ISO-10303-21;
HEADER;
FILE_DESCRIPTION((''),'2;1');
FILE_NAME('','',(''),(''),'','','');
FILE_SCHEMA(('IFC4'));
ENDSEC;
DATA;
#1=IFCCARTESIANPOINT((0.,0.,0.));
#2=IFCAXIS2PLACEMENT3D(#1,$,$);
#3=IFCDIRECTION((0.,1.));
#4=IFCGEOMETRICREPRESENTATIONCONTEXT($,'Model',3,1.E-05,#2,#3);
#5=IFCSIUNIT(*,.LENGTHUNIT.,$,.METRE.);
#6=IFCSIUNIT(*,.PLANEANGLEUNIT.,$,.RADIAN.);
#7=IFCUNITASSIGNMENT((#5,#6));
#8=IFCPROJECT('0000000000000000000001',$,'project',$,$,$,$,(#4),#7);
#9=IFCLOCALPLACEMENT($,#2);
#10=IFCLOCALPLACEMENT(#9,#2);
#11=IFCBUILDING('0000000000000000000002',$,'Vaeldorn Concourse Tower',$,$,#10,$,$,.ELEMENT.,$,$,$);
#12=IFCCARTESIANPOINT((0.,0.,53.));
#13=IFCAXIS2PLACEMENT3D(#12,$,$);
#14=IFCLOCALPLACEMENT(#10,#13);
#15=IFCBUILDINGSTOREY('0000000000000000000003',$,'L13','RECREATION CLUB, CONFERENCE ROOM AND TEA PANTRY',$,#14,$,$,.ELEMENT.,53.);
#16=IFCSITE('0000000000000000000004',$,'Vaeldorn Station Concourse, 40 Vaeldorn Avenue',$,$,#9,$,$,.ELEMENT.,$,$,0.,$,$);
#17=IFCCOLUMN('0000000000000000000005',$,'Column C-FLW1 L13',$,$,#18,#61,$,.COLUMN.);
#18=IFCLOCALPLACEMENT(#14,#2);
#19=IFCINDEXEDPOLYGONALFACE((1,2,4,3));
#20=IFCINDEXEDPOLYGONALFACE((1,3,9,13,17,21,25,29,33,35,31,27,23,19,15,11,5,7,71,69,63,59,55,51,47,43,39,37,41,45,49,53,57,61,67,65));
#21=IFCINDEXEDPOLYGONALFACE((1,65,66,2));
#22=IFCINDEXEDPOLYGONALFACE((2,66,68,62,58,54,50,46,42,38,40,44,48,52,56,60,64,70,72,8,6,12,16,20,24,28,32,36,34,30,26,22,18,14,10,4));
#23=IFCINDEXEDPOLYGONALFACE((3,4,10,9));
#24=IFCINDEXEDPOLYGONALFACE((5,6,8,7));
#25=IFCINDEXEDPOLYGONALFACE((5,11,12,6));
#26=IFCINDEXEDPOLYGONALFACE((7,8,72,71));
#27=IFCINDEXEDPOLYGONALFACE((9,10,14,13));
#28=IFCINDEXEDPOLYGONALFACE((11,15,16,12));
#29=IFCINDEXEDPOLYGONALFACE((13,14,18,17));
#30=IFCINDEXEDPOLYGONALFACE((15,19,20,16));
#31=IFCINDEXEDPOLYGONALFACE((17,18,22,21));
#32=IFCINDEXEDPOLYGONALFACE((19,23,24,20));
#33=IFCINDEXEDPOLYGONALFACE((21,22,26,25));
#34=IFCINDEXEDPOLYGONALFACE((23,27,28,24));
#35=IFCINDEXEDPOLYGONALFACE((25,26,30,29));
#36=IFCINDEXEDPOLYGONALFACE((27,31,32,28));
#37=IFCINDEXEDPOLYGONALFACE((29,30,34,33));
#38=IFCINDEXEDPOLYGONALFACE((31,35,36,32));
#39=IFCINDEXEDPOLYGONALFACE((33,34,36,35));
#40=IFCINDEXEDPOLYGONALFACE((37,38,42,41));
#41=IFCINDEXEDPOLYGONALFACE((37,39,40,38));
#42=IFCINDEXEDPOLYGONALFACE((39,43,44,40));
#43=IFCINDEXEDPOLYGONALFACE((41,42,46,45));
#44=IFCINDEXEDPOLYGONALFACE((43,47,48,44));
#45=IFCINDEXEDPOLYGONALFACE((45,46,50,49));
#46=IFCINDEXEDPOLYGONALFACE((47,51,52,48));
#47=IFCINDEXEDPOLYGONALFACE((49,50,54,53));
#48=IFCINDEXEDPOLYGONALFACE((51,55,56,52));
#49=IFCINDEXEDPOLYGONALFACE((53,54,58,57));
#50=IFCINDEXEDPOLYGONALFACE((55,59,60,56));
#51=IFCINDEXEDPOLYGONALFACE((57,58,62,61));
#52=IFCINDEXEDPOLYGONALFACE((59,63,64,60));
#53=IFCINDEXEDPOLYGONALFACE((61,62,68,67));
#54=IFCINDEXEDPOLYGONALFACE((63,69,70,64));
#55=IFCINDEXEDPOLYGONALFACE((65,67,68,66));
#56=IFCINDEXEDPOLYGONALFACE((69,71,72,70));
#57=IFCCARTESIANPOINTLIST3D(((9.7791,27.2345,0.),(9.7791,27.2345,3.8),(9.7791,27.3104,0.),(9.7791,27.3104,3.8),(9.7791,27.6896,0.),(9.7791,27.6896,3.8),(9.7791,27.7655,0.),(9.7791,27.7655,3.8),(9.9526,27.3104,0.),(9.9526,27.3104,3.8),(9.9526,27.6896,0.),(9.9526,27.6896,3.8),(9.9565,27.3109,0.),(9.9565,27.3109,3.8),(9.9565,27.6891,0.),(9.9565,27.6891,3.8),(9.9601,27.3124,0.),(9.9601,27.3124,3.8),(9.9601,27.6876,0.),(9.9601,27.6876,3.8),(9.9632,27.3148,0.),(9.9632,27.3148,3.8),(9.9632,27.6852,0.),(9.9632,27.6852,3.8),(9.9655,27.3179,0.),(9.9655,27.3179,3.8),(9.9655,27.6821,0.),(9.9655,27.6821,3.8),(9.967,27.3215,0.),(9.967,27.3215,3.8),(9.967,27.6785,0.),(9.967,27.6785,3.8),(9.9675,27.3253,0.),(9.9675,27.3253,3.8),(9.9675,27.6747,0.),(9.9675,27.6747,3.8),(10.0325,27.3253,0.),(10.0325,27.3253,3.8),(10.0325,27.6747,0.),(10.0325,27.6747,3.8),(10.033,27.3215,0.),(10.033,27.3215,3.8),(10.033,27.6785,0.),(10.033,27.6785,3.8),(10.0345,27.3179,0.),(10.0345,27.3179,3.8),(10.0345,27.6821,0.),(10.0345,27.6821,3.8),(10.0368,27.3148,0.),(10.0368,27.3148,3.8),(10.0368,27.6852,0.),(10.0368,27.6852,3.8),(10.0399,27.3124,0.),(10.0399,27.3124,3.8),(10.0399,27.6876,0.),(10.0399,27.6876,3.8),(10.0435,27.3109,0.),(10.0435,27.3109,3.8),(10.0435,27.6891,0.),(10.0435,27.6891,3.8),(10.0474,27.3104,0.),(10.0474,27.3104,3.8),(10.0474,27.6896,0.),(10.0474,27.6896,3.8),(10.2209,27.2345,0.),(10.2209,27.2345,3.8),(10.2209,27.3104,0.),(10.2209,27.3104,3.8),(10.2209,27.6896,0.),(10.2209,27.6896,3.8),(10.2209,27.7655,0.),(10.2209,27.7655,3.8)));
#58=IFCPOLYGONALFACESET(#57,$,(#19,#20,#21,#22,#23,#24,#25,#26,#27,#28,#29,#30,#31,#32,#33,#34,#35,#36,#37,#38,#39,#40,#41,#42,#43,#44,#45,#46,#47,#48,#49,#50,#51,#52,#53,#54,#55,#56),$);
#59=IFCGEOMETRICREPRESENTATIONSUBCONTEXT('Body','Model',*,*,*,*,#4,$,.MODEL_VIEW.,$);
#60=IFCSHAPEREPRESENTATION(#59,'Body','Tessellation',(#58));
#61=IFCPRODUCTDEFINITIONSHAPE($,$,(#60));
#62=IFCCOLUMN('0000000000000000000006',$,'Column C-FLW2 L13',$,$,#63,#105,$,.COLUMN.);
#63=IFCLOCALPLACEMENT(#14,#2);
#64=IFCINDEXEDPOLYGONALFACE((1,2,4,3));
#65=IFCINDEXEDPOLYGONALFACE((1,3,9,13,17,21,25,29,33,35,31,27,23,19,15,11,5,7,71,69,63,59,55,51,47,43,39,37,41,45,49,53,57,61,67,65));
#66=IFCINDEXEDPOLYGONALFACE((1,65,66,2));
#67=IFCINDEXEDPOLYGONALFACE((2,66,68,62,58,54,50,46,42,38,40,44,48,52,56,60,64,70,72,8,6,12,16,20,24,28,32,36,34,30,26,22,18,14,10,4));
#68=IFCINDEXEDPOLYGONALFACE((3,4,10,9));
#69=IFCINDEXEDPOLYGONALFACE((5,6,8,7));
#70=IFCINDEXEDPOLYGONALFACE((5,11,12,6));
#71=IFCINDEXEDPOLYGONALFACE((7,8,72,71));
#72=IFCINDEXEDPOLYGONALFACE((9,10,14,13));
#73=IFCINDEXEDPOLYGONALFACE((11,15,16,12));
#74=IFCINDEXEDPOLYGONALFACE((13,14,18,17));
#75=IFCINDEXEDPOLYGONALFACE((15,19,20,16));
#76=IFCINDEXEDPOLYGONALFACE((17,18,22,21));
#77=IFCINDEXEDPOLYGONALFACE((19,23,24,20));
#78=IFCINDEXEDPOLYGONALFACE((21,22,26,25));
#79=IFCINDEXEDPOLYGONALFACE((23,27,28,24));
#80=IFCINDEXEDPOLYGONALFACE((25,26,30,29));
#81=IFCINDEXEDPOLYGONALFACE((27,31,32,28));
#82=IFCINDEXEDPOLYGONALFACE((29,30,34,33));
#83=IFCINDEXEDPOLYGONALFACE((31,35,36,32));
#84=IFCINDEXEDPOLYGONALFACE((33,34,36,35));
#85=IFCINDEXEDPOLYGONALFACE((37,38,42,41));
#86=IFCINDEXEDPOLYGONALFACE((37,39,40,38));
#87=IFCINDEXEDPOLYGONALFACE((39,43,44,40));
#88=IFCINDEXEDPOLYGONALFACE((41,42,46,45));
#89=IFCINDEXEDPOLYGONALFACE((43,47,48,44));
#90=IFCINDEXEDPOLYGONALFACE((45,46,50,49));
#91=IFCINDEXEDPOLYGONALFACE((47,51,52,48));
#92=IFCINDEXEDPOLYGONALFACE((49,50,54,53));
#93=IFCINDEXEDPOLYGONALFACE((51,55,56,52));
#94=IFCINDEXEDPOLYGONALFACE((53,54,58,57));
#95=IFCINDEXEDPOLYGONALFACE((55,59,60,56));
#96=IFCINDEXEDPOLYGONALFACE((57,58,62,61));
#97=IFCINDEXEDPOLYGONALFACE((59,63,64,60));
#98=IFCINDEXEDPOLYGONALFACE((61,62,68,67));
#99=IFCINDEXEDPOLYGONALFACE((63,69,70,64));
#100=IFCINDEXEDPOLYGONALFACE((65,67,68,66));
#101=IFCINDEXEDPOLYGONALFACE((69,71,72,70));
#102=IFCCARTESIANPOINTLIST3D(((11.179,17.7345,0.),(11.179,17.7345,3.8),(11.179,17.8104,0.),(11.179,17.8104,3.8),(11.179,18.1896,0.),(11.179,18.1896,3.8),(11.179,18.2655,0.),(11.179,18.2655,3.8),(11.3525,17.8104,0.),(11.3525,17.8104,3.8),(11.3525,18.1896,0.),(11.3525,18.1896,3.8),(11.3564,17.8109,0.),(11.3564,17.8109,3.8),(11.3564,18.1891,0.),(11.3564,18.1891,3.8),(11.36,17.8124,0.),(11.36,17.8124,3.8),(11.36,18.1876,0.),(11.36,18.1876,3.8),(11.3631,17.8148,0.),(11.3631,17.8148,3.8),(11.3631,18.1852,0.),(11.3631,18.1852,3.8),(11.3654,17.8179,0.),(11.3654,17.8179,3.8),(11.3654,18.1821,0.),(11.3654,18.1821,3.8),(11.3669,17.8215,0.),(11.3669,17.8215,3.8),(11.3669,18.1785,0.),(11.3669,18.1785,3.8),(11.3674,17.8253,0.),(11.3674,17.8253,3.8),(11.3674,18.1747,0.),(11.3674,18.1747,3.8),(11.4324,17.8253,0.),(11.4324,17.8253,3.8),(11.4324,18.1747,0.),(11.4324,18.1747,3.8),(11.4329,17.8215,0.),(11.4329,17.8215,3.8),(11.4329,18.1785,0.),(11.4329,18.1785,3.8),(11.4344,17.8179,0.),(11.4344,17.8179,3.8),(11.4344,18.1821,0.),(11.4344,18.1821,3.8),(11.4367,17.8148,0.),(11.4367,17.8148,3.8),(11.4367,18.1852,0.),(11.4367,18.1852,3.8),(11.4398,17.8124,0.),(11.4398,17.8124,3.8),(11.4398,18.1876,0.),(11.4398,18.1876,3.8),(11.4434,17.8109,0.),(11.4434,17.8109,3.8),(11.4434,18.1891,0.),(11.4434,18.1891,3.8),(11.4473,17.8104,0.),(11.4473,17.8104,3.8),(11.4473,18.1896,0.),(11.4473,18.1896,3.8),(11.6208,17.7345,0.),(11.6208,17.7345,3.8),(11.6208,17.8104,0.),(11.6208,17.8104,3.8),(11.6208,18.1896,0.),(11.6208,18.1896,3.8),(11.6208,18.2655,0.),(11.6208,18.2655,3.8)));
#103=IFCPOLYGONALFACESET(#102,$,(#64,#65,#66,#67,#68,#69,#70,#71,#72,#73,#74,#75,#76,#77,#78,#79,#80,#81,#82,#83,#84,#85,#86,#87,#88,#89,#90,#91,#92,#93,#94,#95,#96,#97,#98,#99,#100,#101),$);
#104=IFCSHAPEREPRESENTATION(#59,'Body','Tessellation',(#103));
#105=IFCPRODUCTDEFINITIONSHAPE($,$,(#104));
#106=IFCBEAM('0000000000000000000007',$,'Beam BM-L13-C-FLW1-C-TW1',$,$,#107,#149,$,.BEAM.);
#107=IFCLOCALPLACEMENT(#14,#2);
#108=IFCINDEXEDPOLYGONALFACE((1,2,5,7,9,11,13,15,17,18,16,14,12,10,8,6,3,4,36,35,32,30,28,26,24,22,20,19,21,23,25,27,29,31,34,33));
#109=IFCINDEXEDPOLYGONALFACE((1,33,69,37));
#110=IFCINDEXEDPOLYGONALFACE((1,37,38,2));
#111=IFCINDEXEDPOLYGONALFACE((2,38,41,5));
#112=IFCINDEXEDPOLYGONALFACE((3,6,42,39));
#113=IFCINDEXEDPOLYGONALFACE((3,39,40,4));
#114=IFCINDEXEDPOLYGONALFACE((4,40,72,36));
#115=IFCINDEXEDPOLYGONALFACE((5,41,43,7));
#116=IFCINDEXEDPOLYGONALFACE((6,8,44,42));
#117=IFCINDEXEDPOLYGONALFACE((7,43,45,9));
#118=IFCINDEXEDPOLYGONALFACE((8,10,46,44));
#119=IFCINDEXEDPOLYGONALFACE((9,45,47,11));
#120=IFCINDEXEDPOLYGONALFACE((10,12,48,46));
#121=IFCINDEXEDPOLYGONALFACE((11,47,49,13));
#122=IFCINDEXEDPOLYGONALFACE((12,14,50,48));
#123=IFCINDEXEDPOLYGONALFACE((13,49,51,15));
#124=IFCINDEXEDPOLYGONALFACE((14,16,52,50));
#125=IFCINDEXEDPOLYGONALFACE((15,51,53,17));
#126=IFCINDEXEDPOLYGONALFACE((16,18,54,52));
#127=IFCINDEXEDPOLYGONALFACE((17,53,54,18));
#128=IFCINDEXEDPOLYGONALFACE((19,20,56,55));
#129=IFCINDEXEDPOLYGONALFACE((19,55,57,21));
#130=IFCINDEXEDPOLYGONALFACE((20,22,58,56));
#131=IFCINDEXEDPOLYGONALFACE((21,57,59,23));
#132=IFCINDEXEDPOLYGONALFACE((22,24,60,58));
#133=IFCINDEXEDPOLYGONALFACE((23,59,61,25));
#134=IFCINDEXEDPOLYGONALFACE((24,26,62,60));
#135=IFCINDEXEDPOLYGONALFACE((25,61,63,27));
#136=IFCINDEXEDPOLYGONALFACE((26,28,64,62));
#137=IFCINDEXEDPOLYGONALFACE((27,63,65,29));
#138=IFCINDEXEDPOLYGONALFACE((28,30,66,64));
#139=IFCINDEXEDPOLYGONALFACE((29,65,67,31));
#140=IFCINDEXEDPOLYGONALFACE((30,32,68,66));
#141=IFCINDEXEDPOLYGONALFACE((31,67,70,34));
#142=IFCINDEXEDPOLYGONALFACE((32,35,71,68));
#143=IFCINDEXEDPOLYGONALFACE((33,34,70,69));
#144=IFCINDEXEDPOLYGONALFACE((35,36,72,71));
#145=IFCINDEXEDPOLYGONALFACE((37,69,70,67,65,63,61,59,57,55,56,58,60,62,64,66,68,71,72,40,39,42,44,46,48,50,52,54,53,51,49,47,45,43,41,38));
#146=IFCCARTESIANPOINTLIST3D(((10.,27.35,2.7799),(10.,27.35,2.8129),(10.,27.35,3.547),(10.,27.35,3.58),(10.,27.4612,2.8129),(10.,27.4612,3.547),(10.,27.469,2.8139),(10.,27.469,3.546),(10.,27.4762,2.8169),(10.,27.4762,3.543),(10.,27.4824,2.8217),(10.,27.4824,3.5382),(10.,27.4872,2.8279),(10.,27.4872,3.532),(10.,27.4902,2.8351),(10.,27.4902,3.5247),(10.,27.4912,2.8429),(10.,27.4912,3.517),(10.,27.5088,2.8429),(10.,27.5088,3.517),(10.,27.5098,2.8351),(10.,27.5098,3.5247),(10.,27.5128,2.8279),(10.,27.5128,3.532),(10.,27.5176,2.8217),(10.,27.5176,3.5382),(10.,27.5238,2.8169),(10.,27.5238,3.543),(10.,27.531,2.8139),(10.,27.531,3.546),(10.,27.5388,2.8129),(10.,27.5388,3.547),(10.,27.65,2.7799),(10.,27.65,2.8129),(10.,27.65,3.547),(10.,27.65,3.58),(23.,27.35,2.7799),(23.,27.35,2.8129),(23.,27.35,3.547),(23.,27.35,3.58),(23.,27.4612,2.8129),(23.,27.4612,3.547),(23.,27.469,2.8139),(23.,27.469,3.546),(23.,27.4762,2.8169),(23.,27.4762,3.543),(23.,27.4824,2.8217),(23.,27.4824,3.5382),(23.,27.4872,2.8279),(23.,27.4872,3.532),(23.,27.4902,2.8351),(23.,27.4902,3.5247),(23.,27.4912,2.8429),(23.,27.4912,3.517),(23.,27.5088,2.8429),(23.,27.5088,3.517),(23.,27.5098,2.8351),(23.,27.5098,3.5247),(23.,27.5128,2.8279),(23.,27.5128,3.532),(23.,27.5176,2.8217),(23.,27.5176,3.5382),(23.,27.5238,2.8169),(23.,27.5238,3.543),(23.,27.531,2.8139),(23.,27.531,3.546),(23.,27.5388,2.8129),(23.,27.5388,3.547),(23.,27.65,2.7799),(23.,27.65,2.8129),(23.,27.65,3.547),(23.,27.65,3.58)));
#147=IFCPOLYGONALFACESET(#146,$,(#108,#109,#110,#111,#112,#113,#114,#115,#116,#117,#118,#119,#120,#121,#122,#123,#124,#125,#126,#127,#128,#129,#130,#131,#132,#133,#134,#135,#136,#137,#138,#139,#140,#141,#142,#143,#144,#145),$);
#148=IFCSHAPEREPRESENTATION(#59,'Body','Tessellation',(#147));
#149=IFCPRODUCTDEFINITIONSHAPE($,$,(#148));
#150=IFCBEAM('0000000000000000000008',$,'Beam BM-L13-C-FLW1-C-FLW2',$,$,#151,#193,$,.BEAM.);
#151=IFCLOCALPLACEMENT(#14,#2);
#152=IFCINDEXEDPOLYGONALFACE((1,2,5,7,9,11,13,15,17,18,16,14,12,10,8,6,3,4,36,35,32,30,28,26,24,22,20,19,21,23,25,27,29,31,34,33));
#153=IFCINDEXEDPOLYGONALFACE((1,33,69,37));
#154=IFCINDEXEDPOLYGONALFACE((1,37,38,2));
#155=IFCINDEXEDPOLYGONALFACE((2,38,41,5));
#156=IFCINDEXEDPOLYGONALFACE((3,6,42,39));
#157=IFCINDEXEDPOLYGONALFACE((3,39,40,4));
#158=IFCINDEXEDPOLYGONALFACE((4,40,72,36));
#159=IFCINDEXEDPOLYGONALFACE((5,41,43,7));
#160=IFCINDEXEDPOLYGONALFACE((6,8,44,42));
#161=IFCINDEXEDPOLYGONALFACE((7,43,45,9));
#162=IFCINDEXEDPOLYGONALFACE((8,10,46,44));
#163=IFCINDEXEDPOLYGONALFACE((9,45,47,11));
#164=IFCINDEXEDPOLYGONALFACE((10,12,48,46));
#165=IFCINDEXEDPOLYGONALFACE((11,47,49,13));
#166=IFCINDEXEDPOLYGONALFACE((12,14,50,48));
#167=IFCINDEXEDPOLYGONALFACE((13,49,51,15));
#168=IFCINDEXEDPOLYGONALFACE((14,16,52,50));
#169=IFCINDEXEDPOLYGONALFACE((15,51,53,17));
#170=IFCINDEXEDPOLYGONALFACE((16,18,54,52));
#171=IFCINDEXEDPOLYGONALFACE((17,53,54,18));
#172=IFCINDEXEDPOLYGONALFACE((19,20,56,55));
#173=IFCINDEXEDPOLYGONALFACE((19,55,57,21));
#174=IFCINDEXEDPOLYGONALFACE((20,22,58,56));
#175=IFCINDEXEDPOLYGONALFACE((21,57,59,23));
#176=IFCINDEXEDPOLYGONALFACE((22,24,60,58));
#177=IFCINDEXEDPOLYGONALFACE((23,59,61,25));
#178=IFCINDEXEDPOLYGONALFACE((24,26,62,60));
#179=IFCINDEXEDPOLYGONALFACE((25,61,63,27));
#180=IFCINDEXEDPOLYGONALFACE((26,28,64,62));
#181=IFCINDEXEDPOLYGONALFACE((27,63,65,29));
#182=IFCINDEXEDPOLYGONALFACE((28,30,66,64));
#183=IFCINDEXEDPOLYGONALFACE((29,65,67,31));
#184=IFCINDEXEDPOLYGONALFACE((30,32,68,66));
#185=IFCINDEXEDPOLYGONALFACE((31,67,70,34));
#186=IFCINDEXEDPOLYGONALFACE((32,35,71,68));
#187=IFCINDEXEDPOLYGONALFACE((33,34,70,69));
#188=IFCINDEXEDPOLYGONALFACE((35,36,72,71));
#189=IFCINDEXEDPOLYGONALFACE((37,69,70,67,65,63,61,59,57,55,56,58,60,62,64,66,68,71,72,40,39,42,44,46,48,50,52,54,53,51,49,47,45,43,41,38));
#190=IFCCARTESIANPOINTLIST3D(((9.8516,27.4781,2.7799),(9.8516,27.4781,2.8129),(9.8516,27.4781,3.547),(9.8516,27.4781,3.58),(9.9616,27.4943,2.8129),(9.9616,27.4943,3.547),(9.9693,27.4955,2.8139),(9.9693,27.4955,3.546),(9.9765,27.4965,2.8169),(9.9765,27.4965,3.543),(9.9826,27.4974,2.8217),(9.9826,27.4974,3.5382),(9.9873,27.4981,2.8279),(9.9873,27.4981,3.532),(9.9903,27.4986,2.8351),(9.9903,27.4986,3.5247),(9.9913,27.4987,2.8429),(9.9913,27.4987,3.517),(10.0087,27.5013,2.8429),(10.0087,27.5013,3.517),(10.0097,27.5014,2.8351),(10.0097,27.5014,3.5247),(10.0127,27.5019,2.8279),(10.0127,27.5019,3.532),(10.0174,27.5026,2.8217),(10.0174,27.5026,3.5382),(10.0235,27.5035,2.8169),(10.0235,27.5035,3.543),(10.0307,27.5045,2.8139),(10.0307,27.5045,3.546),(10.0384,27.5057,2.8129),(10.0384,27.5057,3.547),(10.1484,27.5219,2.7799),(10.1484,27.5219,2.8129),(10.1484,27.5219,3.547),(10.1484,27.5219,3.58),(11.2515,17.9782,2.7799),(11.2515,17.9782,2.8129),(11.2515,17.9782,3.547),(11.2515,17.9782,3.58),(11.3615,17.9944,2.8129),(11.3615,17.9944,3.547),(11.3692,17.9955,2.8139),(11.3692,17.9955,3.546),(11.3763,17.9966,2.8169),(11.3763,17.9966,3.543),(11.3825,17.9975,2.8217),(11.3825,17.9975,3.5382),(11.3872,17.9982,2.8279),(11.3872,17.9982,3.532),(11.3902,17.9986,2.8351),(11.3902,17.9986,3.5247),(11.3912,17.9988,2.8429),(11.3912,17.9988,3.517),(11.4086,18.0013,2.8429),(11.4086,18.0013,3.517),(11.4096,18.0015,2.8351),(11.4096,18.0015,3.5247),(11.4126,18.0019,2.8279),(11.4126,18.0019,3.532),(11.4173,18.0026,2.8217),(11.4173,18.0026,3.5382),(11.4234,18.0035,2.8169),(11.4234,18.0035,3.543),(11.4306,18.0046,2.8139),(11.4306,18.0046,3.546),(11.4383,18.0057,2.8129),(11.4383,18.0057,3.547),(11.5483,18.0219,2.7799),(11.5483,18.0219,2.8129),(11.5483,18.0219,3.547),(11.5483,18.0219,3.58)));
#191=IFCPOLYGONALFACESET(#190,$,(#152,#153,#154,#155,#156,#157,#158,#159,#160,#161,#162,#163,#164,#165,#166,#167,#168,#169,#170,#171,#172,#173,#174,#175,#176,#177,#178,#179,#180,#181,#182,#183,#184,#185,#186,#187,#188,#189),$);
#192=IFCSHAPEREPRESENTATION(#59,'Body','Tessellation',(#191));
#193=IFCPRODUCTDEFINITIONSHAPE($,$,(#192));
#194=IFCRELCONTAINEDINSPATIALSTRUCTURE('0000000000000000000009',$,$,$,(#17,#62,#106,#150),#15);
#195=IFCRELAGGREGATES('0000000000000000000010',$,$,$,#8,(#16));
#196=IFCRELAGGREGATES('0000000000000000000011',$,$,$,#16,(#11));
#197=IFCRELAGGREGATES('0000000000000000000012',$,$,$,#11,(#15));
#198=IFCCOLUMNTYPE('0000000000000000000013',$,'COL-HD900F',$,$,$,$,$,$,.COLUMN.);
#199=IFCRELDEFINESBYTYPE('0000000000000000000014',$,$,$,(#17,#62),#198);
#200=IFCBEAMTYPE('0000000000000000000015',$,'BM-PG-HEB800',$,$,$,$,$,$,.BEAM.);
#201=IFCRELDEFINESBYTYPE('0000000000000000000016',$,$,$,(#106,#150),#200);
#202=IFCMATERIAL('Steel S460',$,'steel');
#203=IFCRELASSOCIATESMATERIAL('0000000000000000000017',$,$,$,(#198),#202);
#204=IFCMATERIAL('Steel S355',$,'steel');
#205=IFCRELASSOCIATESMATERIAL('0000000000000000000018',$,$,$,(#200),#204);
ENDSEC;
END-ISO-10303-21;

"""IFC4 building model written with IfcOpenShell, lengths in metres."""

from ifc_helpers import new_model, si_unit, direction, frame, origin, origin_2d, place, context, subcontext, project, spatial, i_section, extrude, source, transform, mapped, material, material_profile, profile_set, type_object, element, save


model = new_model("IFC4")

# Units and contexts
model_context = context("Model", 3, precision=1e-05, world=origin(), true_north=direction((0.0, 1.0)))
body_context = subcontext(model_context, "Body", "Model", "MODEL_VIEW")
ifc_project = project(units=[si_unit("LENGTHUNIT", "METRE"), si_unit("PLANEANGLEUNIT", "RADIAN")], contexts=[model_context])

# Site, building, storey
site_placement = place(None, origin())
site = spatial("IfcSite", under=ifc_project, at=site_placement, Name="Vaeldorn Station Concourse, 40 Vaeldorn Avenue", CompositionType="ELEMENT", RefElevation=0.0)
building_placement = place(site_placement, origin())
building = spatial("IfcBuilding", under=site, at=building_placement, Name="Vaeldorn Concourse Tower", CompositionType="ELEMENT")
storey_placement = place(building_placement, frame((0.0, 0.0, 53.0)))
storey = spatial("IfcBuildingStorey", under=building, at=storey_placement, Name="L13", Description="RECREATION CLUB, CONFERENCE ROOM AND TEA PANTRY", CompositionType="ELEMENT", Elevation=53.0)

# Columns
ifc_material_1 = material(Name="Steel S460", Category="steel")
ifc_material_profile_1 = material_profile(ifc_material_1, i_section(OverallWidth=0.4419, OverallDepth=0.531, WebThickness=0.0649, FlangeThickness=0.0759, FilletRadius=0.0149, at=origin_2d()), Name="HD 400x900")
ifc_profile_set_1 = profile_set([ifc_material_profile_1], Name="Steel S460")
column_type = type_object("IfcColumnType", Name="COL-HD900F", PredefinedType="COLUMN", material=ifc_profile_set_1)
shared_shape_1 = source(origin(), body_context, "Body", "SweptSolid", [
    extrude(i_section(OverallWidth=0.4419, OverallDepth=0.531, WebThickness=0.0649, FlangeThickness=0.0759, FilletRadius=0.0149, at=origin_2d()), origin(), (0.0, 0.0, 1.0), 3.8),
])
for number, where, z_axis, x_axis, name in (
    (1, (10.0, 27.5, 0.0), (0.0, 0.0, 1.0), (1.0, 0.0, 0.0), "Column C-FLW1 L13"),
    (2, (11.3999, 18.0, 0.0), (0.0, 0.0, 1.0), (1.0, 0.0, 0.0), "Column C-FLW2 L13"),
):
    element("IfcColumn", number, at=place(storey_placement, frame(where, z_axis=z_axis, x_axis=x_axis)), inside=storey, type_object=column_type, Name=name, PredefinedType="COLUMN", context=body_context, shape_type="MappedRepresentation", body=[
        mapped(shared_shape_1, transform((0.0, 0.0, 0.0), scale=1.0)),
    ])

# Beams
ifc_material_2 = material(Name="Steel S355", Category="steel")
ifc_material_profile_2 = material_profile(ifc_material_2, i_section(OverallWidth=0.3, OverallDepth=0.8, WebThickness=0.0176, FlangeThickness=0.033, FilletRadius=0.03, at=origin_2d()), Name="HEB 800")
ifc_profile_set_2 = profile_set([ifc_material_profile_2], Name="Steel S355")
beam_type_1 = type_object("IfcBeamType", Name="BM-PG-HEB800", PredefinedType="BEAM", material=ifc_profile_set_2)
shared_shape_2 = source(origin(), body_context, "Body", "SweptSolid", [
    extrude(i_section(OverallWidth=0.3, OverallDepth=0.8, WebThickness=0.0176, FlangeThickness=0.033, FilletRadius=0.03, at=origin_2d()), origin(), (0.0, 0.0, 1.0), 13.0),
])
beam_1_placement = place(storey_placement, frame((10.0, 27.5, 3.1799), z_axis=(1.0, 0.0, 0.0), x_axis=(0.0, 1.0, 0.0)))
element("IfcBeam", 3, at=beam_1_placement, inside=storey, type_object=beam_type_1, Name="Beam BM-L13-C-FLW1-C-TW1", PredefinedType="BEAM", context=body_context, shape_type="MappedRepresentation", body=[
    mapped(shared_shape_2, transform((0.0, 0.0, 0.0), scale=1.0)),
])
shared_shape_3 = source(origin(), body_context, "Body", "SweptSolid", [
    extrude(i_section(OverallWidth=0.3, OverallDepth=0.8, WebThickness=0.0176, FlangeThickness=0.033, FilletRadius=0.03, at=origin_2d()), origin(), (0.0, 0.0, 1.0), 9.6025),
])
beam_2_placement = place(storey_placement, frame((10.0, 27.5, 3.1799), z_axis=(0.145784, -0.989316, 0.0), x_axis=(0.989316, 0.145784, 0.0)))
element("IfcBeam", 4, at=beam_2_placement, inside=storey, type_object=beam_type_1, Name="Beam BM-L13-C-FLW1-C-FLW2", PredefinedType="BEAM", context=body_context, shape_type="MappedRepresentation", body=[
    mapped(shared_shape_3, transform((0.0, 0.0, 0.0), scale=1.0)),
])

save(model, "model.ifc")
